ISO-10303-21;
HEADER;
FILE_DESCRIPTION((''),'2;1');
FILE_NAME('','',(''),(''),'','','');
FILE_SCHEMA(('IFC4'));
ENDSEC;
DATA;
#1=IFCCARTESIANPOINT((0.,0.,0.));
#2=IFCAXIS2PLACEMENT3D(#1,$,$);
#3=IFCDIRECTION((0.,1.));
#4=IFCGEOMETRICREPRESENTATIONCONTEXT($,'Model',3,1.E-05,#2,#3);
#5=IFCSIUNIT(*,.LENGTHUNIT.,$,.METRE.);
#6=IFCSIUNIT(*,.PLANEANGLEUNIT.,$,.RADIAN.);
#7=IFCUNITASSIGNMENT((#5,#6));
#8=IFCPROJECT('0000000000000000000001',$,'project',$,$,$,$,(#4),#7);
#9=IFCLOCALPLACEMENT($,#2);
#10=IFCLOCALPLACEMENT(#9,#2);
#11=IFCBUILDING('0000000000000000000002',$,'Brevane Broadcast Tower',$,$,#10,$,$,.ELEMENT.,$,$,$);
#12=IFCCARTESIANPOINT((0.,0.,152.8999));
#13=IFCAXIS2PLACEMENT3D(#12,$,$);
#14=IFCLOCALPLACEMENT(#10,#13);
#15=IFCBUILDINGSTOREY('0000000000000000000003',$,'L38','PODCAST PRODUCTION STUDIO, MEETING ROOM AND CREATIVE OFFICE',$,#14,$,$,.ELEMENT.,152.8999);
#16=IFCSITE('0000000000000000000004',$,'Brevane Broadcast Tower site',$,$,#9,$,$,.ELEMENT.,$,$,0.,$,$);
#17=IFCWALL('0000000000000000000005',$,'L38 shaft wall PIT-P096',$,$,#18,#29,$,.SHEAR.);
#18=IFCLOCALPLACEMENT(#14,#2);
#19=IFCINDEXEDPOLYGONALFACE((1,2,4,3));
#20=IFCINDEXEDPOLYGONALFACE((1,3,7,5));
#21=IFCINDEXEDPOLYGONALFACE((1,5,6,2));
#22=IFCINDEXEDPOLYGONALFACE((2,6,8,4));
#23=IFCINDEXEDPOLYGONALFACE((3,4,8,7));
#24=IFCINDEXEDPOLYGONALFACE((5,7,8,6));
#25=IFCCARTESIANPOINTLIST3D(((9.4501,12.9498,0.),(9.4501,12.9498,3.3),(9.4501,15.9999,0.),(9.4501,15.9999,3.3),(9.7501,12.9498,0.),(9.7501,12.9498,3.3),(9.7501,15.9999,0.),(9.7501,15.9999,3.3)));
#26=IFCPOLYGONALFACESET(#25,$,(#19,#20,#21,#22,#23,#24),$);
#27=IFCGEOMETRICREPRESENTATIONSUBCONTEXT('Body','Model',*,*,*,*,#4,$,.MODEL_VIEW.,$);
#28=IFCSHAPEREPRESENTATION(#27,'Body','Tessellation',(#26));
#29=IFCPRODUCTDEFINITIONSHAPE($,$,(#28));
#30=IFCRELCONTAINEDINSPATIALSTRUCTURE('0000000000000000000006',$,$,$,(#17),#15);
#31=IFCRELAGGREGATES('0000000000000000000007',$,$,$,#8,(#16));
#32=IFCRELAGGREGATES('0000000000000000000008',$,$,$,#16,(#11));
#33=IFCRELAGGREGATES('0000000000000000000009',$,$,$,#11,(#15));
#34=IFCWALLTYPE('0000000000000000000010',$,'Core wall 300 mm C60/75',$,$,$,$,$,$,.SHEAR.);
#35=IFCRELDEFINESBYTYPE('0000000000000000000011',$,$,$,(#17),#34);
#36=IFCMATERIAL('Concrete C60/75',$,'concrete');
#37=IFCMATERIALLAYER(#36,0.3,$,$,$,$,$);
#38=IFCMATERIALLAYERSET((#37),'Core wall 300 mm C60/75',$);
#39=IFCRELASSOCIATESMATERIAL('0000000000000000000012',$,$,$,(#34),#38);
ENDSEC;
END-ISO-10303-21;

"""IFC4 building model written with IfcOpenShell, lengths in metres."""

from ifc_helpers import new_model, si_unit, direction, frame, frame_2d, origin, place, context, subcontext, project, spatial, rectangle, extrude, material, layer, layer_set, type_object, element, save


model = new_model("IFC4")

# Units and contexts
model_context = context("Model", 3, precision=1e-05, world=origin(), true_north=direction((0.0, 1.0)))
body_context = subcontext(model_context, "Body", "Model", "MODEL_VIEW")
ifc_project = project(units=[si_unit("LENGTHUNIT", "METRE"), si_unit("PLANEANGLEUNIT", "RADIAN")], contexts=[model_context])

# Site, building, storey
site_placement = place(None, origin())
site = spatial("IfcSite", under=ifc_project, at=site_placement, Name="Brevane Broadcast Tower site", CompositionType="ELEMENT", RefElevation=0.0)
building_placement = place(site_placement, origin())
building = spatial("IfcBuilding", under=site, at=building_placement, Name="Brevane Broadcast Tower", CompositionType="ELEMENT")
storey_placement = place(building_placement, frame((0.0, 0.0, 152.8999)))
storey = spatial("IfcBuildingStorey", under=building, at=storey_placement, Name="L38", Description="PODCAST PRODUCTION STUDIO, MEETING ROOM AND CREATIVE OFFICE", CompositionType="ELEMENT", Elevation=152.8999)

# Shared definitions
ifc_material_1 = material(Name="Concrete C60/75", Category="concrete")
ifc_layer_1 = layer(ifc_material_1, 0.3)
ifc_layer_set_1 = layer_set([ifc_layer_1], Name="Core wall 300 mm C60/75")
wall_type_1 = type_object("IfcWallType", Name="Core wall 300 mm C60/75", PredefinedType="SHEAR", material=ifc_layer_set_1)

# Wall
for number, where, z_axis, x_axis, name in (
    (1, (9.6001, 12.95, 0.0), (0.0, 0.0, 1.0), (0.0, 1.0, 0.0), "L38 shaft wall PIT-P096"),
):
    element("IfcWall", number, at=place(storey_placement, frame(where, z_axis=z_axis, x_axis=x_axis)), inside=storey, type_object=wall_type_1, Name=name, PredefinedType="SHEAR", context=body_context, shape_type="SweptSolid", body=[
        extrude(rectangle(XDim=3.05, YDim=0.3, at=frame_2d((1.5249, 0.0))), origin(), (0.0, 0.0, 1.0), 3.3),
    ])

save(model, "model.ifc")
